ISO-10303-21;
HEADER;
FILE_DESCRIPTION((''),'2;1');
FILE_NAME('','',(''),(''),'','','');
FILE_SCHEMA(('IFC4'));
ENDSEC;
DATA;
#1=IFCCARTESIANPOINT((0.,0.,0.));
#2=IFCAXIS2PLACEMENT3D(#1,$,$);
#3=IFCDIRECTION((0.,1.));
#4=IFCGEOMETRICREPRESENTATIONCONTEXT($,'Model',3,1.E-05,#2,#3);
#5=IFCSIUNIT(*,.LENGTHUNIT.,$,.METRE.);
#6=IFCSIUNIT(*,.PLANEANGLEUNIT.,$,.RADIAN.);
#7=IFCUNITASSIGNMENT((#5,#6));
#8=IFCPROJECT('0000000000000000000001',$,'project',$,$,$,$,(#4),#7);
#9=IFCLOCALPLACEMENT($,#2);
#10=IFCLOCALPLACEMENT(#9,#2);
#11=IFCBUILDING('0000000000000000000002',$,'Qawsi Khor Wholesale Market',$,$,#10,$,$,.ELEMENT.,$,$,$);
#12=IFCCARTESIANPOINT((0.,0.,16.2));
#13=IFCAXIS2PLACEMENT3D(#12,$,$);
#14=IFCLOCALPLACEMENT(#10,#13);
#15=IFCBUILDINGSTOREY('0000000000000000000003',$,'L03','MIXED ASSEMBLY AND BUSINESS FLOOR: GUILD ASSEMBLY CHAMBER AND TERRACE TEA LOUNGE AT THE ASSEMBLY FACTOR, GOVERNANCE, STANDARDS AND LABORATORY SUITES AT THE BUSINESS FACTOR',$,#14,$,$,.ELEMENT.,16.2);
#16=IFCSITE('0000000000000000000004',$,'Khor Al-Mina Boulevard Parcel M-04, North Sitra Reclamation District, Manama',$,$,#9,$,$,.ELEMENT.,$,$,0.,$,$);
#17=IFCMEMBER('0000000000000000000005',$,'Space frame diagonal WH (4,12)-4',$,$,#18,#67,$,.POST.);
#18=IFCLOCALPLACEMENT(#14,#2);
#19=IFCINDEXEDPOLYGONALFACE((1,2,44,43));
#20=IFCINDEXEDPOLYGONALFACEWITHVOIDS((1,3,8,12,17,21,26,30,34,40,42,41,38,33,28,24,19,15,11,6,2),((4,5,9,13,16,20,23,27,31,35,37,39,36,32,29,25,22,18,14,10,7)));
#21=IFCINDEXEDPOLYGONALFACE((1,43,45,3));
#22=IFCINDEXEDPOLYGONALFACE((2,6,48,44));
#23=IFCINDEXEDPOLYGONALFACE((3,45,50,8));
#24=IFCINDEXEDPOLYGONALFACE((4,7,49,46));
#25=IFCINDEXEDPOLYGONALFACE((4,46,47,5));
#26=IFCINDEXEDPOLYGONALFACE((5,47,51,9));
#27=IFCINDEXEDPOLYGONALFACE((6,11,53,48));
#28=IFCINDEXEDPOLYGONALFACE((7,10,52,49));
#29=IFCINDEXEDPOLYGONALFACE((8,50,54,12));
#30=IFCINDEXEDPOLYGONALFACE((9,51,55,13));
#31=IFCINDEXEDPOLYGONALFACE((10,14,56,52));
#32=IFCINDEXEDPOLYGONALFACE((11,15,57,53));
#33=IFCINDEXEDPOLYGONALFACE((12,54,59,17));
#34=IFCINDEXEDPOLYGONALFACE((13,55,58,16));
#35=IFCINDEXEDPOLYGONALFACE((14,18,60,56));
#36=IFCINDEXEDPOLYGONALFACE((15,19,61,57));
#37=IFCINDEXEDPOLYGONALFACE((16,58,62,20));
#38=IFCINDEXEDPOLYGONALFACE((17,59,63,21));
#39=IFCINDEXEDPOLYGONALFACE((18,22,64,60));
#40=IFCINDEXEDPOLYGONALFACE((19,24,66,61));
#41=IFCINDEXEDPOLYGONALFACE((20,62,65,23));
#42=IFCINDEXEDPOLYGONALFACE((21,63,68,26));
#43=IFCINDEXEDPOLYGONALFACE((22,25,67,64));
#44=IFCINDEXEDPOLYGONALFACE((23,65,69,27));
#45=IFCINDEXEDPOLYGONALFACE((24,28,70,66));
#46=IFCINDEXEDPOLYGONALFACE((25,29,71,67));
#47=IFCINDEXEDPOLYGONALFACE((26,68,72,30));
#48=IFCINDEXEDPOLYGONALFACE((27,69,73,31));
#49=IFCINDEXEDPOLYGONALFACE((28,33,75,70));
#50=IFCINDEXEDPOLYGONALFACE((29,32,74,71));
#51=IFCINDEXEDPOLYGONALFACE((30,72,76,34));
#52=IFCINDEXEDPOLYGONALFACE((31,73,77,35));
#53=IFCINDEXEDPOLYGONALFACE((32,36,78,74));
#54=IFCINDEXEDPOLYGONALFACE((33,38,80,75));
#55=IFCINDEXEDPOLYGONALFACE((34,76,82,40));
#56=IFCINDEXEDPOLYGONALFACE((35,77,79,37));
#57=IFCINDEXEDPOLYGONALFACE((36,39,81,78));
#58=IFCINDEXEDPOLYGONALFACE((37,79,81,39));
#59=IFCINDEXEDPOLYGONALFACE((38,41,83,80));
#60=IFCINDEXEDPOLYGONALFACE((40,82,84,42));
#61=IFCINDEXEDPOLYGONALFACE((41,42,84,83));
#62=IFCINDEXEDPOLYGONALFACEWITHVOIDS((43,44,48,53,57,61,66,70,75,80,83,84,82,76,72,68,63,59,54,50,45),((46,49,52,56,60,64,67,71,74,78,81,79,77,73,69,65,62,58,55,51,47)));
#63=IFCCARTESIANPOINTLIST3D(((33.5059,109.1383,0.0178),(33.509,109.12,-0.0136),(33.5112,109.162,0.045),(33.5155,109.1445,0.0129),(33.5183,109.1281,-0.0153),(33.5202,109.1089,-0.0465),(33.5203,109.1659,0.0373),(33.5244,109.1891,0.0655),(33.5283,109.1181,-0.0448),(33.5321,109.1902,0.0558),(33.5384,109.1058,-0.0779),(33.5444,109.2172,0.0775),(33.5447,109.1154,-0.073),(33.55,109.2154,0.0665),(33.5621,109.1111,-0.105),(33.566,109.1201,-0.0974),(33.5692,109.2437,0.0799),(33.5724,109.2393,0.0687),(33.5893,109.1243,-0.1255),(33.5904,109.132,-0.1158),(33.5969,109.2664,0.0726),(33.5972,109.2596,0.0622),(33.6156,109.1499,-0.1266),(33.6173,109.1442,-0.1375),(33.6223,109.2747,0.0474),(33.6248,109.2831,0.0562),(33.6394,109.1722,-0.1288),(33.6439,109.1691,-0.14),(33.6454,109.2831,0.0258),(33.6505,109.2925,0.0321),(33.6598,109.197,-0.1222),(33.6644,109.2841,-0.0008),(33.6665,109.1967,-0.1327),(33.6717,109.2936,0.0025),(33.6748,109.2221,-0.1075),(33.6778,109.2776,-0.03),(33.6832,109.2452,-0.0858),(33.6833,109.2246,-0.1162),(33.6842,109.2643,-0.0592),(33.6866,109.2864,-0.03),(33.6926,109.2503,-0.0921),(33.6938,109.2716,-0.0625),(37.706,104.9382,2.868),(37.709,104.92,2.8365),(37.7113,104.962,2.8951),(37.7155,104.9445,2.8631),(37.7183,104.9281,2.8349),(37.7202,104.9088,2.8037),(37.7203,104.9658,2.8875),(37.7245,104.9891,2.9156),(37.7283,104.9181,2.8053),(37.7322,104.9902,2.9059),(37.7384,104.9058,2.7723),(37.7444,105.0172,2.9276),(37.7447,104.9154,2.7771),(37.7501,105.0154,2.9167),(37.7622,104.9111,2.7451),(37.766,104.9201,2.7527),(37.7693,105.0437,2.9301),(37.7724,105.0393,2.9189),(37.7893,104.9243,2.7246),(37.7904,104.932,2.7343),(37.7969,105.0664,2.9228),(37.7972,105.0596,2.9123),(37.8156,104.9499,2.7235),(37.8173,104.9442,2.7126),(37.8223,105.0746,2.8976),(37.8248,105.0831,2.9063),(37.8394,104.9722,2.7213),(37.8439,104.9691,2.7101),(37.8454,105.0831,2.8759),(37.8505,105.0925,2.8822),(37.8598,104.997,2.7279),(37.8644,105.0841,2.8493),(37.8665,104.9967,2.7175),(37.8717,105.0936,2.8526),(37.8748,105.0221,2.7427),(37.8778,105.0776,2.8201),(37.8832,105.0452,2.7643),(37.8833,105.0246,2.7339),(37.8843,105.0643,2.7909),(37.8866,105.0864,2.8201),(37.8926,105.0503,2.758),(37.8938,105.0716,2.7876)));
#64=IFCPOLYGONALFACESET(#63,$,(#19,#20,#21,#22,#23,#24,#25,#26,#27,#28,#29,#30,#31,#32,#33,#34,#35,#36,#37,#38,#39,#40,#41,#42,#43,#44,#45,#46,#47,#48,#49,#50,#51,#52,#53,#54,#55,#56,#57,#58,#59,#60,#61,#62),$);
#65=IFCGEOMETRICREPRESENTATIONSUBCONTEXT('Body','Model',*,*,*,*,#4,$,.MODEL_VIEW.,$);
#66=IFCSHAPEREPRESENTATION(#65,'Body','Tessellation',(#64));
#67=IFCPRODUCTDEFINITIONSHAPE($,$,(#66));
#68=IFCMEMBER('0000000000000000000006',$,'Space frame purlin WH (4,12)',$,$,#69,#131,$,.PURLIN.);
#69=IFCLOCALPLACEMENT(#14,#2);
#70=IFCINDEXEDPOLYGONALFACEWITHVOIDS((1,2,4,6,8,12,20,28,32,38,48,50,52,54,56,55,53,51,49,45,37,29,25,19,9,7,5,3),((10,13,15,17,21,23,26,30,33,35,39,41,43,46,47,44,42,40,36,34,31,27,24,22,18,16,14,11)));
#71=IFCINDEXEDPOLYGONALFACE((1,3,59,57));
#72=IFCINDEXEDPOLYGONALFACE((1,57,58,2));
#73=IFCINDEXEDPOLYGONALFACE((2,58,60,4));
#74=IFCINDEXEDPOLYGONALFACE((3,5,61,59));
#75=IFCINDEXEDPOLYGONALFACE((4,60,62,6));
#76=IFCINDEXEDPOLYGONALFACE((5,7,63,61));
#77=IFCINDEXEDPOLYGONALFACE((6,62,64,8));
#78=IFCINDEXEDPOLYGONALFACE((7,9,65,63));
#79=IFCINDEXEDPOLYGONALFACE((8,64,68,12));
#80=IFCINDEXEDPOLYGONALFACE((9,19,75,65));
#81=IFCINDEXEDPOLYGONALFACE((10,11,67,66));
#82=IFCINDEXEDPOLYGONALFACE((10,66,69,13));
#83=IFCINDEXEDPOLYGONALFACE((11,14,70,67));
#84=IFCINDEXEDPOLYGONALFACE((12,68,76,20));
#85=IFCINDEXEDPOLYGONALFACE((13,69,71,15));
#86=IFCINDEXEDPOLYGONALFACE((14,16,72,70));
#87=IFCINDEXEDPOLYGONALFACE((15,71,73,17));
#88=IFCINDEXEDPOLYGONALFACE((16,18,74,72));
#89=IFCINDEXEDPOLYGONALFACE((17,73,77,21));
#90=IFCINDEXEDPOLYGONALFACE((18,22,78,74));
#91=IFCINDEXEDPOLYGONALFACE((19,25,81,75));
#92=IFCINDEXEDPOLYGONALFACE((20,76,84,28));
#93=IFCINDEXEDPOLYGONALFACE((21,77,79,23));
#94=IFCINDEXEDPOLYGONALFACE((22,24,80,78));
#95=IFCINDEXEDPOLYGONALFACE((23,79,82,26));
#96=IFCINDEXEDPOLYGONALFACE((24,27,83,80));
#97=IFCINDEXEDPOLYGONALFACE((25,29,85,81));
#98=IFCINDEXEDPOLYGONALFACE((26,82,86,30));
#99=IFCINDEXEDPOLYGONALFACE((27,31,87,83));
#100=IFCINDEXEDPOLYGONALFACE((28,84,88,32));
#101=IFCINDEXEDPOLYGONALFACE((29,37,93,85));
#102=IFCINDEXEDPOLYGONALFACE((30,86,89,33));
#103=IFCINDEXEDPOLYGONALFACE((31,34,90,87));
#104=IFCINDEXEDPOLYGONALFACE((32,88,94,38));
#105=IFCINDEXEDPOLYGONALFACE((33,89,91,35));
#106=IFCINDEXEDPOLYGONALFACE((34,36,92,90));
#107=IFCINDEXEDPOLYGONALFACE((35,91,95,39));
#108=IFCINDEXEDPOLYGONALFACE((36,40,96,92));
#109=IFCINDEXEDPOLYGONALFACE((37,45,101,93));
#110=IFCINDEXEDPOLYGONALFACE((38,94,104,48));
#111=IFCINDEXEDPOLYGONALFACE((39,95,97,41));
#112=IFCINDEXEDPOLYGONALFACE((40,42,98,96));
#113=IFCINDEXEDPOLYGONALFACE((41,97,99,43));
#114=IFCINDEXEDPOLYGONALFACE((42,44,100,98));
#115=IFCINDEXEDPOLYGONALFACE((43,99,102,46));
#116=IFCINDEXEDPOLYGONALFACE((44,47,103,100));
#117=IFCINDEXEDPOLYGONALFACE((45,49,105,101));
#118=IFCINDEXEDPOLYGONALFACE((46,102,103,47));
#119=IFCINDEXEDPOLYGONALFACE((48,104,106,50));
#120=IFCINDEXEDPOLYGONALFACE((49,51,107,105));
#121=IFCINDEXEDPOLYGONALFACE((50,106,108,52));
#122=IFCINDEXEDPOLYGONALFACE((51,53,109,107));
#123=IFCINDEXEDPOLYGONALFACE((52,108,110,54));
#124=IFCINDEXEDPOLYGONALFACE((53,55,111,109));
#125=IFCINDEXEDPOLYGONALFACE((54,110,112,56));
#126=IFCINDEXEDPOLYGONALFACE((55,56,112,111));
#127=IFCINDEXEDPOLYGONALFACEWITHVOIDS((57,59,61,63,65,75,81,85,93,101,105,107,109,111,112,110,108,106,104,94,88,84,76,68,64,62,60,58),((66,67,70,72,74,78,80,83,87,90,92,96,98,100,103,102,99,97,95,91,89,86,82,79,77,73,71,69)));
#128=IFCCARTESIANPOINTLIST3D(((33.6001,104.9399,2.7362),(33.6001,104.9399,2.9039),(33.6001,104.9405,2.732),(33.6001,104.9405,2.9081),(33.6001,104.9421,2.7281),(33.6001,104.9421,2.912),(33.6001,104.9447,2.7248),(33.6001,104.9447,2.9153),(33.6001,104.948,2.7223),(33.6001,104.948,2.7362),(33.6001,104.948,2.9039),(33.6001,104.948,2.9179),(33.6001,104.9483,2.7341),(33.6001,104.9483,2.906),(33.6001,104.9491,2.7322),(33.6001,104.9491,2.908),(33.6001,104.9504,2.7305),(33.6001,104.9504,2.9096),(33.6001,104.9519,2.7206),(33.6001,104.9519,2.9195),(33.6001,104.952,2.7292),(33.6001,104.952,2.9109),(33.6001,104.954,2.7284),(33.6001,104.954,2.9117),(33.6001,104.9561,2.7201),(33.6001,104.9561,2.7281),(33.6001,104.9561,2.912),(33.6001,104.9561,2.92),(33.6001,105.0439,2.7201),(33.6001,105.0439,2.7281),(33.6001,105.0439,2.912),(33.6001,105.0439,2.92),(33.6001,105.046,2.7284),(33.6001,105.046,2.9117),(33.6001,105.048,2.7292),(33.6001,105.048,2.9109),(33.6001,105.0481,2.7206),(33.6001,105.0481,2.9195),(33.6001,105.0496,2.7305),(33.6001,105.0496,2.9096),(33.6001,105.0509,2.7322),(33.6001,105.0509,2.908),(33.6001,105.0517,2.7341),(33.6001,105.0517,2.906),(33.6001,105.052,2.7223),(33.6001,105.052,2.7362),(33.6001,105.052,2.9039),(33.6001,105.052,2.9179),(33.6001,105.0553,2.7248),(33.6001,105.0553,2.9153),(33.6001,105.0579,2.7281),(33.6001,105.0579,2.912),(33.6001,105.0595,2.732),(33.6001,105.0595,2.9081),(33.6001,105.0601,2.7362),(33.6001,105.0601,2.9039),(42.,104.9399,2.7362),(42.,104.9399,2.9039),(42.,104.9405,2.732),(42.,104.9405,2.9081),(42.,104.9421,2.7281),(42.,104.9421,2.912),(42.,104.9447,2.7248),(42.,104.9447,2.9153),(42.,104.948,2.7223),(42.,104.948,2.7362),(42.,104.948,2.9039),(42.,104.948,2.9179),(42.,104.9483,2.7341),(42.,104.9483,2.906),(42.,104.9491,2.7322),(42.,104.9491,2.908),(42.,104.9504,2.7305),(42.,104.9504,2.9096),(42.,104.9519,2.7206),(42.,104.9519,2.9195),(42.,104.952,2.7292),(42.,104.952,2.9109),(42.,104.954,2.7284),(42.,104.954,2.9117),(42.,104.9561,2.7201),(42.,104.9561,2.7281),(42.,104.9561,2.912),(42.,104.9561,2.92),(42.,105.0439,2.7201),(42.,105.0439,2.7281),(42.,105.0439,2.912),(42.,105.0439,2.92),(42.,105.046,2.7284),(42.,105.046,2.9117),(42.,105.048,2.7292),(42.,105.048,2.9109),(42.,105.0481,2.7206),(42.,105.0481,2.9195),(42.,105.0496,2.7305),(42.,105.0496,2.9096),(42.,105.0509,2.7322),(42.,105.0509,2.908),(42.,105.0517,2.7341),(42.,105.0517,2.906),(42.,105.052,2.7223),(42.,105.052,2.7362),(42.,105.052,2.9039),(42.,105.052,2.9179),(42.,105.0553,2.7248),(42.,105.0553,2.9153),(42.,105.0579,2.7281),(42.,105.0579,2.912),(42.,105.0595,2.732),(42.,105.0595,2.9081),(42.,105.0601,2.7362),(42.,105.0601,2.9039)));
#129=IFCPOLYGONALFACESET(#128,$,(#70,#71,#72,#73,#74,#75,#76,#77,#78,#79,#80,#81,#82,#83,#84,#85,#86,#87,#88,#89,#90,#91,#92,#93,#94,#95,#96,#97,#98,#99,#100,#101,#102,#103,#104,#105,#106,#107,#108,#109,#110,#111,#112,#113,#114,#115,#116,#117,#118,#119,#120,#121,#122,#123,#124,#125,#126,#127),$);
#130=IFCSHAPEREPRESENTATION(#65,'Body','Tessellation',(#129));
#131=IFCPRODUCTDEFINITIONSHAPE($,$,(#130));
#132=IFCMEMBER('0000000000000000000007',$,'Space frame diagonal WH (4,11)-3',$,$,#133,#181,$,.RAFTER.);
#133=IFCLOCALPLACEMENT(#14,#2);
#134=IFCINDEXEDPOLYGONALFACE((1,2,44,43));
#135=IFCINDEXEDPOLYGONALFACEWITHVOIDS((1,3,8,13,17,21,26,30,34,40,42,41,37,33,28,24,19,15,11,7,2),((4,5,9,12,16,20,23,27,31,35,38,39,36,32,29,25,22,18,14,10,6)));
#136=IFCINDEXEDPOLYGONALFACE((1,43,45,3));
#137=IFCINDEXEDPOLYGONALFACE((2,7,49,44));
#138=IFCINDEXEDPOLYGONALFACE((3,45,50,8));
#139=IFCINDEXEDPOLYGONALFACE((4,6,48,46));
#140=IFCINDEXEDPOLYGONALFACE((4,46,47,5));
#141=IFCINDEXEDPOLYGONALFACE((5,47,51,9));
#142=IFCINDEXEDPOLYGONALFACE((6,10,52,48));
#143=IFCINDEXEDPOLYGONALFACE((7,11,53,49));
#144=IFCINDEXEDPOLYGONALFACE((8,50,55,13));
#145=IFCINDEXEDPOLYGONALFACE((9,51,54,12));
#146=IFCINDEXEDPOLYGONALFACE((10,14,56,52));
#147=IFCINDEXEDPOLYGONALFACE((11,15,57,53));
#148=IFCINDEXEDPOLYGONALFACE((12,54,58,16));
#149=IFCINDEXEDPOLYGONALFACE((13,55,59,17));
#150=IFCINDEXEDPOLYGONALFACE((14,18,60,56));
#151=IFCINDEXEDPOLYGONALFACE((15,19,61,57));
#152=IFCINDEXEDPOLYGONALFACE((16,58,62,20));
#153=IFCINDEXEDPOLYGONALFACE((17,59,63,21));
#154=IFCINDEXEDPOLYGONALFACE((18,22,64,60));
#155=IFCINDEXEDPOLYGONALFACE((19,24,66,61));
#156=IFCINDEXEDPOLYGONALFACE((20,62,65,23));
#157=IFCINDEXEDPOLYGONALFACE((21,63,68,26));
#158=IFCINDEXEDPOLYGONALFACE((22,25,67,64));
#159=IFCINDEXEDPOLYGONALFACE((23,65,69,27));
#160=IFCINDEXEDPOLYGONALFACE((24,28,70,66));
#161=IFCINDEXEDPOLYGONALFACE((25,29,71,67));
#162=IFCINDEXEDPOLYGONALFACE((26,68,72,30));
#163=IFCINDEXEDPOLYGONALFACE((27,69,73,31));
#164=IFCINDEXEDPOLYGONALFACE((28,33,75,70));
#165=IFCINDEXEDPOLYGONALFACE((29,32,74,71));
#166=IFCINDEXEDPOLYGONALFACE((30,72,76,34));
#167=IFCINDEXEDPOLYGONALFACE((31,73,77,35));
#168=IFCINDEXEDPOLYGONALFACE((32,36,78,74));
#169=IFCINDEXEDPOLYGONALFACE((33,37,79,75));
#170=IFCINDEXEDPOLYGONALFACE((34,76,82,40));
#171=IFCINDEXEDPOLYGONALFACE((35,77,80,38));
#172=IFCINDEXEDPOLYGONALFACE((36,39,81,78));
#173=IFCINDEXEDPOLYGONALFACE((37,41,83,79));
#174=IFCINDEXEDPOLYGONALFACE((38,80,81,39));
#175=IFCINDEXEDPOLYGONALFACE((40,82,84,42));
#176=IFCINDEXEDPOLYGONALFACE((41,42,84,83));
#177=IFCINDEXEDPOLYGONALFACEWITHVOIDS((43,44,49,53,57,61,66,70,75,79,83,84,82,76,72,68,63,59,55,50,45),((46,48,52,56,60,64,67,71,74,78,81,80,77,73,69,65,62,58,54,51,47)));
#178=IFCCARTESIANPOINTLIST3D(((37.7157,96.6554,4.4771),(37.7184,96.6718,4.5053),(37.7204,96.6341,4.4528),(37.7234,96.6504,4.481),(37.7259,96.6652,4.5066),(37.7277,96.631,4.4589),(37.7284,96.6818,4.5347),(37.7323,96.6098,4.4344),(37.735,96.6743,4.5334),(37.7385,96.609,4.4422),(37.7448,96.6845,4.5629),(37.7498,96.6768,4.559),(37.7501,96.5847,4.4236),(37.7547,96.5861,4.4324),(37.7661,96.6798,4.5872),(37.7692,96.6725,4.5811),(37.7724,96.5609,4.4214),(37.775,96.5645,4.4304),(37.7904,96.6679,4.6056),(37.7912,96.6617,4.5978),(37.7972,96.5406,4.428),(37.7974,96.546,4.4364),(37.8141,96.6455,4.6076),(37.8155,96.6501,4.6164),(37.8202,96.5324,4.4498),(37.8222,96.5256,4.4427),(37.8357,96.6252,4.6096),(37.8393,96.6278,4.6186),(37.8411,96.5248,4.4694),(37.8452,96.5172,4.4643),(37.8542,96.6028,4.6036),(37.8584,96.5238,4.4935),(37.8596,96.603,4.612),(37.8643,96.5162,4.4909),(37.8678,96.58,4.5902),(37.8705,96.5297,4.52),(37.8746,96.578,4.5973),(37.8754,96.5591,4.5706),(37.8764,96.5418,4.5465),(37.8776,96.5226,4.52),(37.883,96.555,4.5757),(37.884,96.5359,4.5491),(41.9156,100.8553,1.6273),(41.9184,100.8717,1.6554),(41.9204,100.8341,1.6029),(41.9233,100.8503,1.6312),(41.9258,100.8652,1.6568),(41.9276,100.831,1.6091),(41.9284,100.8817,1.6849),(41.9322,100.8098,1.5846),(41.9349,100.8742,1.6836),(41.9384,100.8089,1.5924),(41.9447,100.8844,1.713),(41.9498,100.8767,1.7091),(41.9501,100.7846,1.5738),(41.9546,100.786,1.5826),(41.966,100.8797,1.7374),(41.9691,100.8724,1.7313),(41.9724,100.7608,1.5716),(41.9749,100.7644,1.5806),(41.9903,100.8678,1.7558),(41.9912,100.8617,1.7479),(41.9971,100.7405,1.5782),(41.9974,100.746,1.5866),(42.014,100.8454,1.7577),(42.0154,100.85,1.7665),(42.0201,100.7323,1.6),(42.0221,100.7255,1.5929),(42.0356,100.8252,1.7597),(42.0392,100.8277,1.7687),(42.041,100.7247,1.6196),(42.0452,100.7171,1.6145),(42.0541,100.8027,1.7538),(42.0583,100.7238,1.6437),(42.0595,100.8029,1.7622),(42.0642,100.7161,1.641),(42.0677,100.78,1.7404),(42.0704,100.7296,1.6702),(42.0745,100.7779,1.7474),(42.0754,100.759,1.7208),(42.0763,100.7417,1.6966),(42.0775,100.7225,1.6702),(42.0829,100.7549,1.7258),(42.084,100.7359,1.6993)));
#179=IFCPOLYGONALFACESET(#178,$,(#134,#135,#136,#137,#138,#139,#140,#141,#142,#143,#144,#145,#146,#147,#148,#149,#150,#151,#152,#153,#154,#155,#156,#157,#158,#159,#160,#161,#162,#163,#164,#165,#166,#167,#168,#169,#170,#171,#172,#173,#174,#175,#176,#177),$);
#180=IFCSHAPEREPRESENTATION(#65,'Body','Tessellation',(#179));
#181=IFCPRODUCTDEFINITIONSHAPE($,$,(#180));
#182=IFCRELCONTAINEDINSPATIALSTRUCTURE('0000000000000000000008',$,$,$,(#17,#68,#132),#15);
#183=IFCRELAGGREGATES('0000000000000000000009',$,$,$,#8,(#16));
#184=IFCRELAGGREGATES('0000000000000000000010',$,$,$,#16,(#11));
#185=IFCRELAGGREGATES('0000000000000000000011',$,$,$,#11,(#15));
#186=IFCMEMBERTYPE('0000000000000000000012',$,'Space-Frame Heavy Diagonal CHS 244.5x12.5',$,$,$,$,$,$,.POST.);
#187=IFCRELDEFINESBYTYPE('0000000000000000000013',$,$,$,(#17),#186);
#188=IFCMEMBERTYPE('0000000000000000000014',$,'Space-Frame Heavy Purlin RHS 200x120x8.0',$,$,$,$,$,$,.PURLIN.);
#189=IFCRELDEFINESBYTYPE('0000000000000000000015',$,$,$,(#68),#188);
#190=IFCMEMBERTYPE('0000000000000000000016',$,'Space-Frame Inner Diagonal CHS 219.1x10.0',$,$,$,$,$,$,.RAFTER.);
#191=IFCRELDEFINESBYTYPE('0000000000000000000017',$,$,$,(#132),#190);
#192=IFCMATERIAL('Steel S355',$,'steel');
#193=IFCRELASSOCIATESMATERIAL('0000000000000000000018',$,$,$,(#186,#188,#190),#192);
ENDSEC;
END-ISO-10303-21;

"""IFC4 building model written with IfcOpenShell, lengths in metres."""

from ifc_helpers import new_model, si_unit, direction, frame, origin, origin_2d, place, context, subcontext, project, spatial, hollow_rectangle, hollow_circle, extrude, material, material_profile, profile_set, type_object, element, save


model = new_model("IFC4")

# Units and contexts
model_context = context("Model", 3, precision=1e-05, world=origin(), true_north=direction((0.0, 1.0)))
body_context = subcontext(model_context, "Body", "Model", "MODEL_VIEW")
ifc_project = project(units=[si_unit("LENGTHUNIT", "METRE"), si_unit("PLANEANGLEUNIT", "RADIAN")], contexts=[model_context])

# Site, building, storey
site_placement = place(None, origin())
site = spatial("IfcSite", under=ifc_project, at=site_placement, Name="Khor Al-Mina Boulevard Parcel M-04, North Sitra Reclamation District, Manama", CompositionType="ELEMENT", RefElevation=0.0)
building_placement = place(site_placement, origin())
building = spatial("IfcBuilding", under=site, at=building_placement, Name="Qawsi Khor Wholesale Market", CompositionType="ELEMENT")
storey_placement = place(building_placement, frame((0.0, 0.0, 16.2)))
storey = spatial("IfcBuildingStorey", under=building, at=storey_placement, Name="L03", Description="MIXED ASSEMBLY AND BUSINESS FLOOR: GUILD ASSEMBLY CHAMBER AND TERRACE TEA LOUNGE AT THE ASSEMBLY FACTOR, GOVERNANCE, STANDARDS AND LABORATORY SUITES AT THE BUSINESS FACTOR", CompositionType="ELEMENT", Elevation=16.2)

# Members
ifc_material_1 = material(Name="Steel S355", Category="steel")
ifc_material_profile_1 = material_profile(ifc_material_1, hollow_circle(Radius=0.1223, WallThickness=0.0125, at=origin_2d()), Name="CHS 244.5x12.5")
ifc_profile_set_1 = profile_set([ifc_material_profile_1], Name="Steel S355")
member_type_1 = type_object("IfcMemberType", Name="Space-Frame Heavy Diagonal CHS 244.5x12.5", PredefinedType="POST", material=ifc_profile_set_1)
member_1_placement = place(storey_placement, frame((33.6001, 109.2, -0.03), z_axis=(0.637512, -0.637512, 0.432617), x_axis=(0.707107, 0.707107, 0.0)))
element("IfcMember", 1, at=member_1_placement, inside=storey, type_object=member_type_1, Name="Space frame diagonal WH (4,12)-4", PredefinedType="POST", context=body_context, shape_type="SweptSolid", body=[
    extrude(hollow_circle(Radius=0.1223, WallThickness=0.0125, at=origin_2d()), origin(), (0.0, 0.0, 1.0), 6.5881),
])
ifc_material_profile_2 = material_profile(ifc_material_1, hollow_rectangle(XDim=0.1201, YDim=0.2, WallThickness=0.0081, InnerFilletRadius=0.0081, OuterFilletRadius=0.0161, at=origin_2d()), Name="RHS 200x120x8.0")
ifc_profile_set_2 = profile_set([ifc_material_profile_2], Name="Steel S355")
member_type_2 = type_object("IfcMemberType", Name="Space-Frame Heavy Purlin RHS 200x120x8.0", PredefinedType="PURLIN", material=ifc_profile_set_2)
member_2_placement = place(storey_placement, frame((33.6001, 105.0, 2.8201), z_axis=(1.0, 0.0, 0.0), x_axis=(0.0, 1.0, 0.0)))
element("IfcMember", 2, at=member_2_placement, inside=storey, type_object=member_type_2, Name="Space frame purlin WH (4,12)", PredefinedType="PURLIN", context=body_context, shape_type="SweptSolid", body=[
    extrude(hollow_rectangle(XDim=0.1201, YDim=0.2, WallThickness=0.0081, InnerFilletRadius=0.0081, OuterFilletRadius=0.0161, at=origin_2d()), origin(), (0.0, 0.0, 1.0), 8.3999),
])
ifc_material_profile_3 = material_profile(ifc_material_1, hollow_circle(Radius=0.1096, WallThickness=0.01, at=origin_2d()), Name="CHS 219.1x10.0")
ifc_profile_set_3 = profile_set([ifc_material_profile_3], Name="Steel S355")
member_type_3 = type_object("IfcMemberType", Name="Space-Frame Inner Diagonal CHS 219.1x10.0", PredefinedType="RAFTER", material=ifc_profile_set_3)
for number, where, z_axis, x_axis, name in (
    (3, (42.0, 100.8, 1.6702), (-0.637522, -0.637522, 0.432587), (0.707107, -0.707107, 0.0), "Space frame diagonal WH (4,11)-3"),
):
    element("IfcMember", number, at=place(storey_placement, frame(where, z_axis=z_axis, x_axis=x_axis)), inside=storey, type_object=member_type_3, Name=name, PredefinedType="RAFTER", context=body_context, shape_type="SweptSolid", body=[
        extrude(hollow_circle(Radius=0.1096, WallThickness=0.01, at=origin_2d()), origin(), (0.0, 0.0, 1.0), 6.5879),
    ])

save(model, "model.ifc")
